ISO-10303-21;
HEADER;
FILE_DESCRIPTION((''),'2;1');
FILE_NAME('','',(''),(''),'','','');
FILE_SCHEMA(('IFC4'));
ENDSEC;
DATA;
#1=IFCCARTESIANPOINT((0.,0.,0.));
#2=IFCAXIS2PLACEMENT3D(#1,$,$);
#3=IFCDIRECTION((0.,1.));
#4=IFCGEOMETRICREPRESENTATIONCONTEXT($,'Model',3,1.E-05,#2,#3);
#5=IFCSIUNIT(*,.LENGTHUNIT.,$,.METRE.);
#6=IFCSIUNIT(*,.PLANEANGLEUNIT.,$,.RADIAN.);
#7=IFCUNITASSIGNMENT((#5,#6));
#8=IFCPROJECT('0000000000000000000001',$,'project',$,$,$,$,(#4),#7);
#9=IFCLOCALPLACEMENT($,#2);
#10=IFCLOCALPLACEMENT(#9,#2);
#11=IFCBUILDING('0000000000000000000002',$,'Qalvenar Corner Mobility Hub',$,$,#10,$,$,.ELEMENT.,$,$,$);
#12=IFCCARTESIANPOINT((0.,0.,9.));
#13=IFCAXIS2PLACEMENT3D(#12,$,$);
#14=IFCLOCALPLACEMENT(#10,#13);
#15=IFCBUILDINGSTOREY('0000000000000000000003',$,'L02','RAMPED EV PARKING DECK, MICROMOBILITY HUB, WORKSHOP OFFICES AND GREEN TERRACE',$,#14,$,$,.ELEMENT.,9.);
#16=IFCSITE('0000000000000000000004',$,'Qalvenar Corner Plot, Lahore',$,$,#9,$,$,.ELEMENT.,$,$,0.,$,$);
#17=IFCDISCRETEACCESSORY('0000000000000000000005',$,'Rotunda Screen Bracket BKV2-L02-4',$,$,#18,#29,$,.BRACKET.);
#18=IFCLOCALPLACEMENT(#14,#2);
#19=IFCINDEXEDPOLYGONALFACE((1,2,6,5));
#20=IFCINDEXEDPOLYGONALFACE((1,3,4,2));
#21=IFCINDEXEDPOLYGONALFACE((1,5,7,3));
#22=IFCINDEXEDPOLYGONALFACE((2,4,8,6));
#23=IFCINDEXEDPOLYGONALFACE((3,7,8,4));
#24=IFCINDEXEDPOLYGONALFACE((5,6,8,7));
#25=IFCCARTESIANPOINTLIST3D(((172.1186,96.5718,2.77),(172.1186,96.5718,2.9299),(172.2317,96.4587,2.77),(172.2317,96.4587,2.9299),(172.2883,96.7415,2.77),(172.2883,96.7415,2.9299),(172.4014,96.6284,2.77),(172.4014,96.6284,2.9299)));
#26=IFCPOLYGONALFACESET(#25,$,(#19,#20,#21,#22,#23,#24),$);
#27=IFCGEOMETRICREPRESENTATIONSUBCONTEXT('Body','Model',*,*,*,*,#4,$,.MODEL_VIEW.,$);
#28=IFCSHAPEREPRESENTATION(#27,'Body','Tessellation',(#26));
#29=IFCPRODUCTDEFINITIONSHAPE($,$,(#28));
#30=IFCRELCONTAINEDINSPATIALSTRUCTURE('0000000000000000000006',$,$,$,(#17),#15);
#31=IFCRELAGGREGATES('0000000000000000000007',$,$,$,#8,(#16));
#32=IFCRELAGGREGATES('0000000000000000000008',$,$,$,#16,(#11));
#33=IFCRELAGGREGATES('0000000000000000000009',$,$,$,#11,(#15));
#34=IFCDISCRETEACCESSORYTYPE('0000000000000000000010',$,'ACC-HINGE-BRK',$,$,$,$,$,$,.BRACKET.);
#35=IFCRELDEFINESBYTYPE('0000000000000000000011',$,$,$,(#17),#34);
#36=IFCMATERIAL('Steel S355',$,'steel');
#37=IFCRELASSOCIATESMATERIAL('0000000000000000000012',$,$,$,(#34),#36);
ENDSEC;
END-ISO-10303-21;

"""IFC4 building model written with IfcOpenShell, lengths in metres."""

from ifc_helpers import new_model, si_unit, direction, frame, origin, origin_2d, place, context, subcontext, project, spatial, rectangle, extrude, material, type_object, element, save


model = new_model("IFC4")

# Units and contexts
model_context = context("Model", 3, precision=1e-05, world=origin(), true_north=direction((0.0, 1.0)))
body_context = subcontext(model_context, "Body", "Model", "MODEL_VIEW")
ifc_project = project(units=[si_unit("LENGTHUNIT", "METRE"), si_unit("PLANEANGLEUNIT", "RADIAN")], contexts=[model_context])

# Site, building, storey
site_placement = place(None, origin())
site = spatial("IfcSite", under=ifc_project, at=site_placement, Name="Qalvenar Corner Plot, Lahore", CompositionType="ELEMENT", RefElevation=0.0)
building_placement = place(site_placement, origin())
building = spatial("IfcBuilding", under=site, at=building_placement, Name="Qalvenar Corner Mobility Hub", CompositionType="ELEMENT")
storey_placement = place(building_placement, frame((0.0, 0.0, 9.0)))
storey = spatial("IfcBuildingStorey", under=building, at=storey_placement, Name="L02", Description="RAMPED EV PARKING DECK, MICROMOBILITY HUB, WORKSHOP OFFICES AND GREEN TERRACE", CompositionType="ELEMENT", Elevation=9.0)

# Shared definitions
ifc_material_1 = material(Name="Steel S355", Category="steel")

# Discrete accessory
discrete_accessory_type = type_object("IfcDiscreteAccessoryType", Name="ACC-HINGE-BRK", PredefinedType="BRACKET", material=ifc_material_1)
for number, where, z_axis, x_axis, name in (
    (1, (172.26, 96.6001, 2.77), (0.0, 0.0, 1.0), (-0.707107, 0.707107, 0.0), "Rotunda Screen Bracket BKV2-L02-4"),
):
    element("IfcDiscreteAccessory", number, at=place(storey_placement, frame(where, z_axis=z_axis, x_axis=x_axis)), inside=storey, type_object=discrete_accessory_type, Name=name, PredefinedType="BRACKET", context=body_context, shape_type="SweptSolid", body=[
        extrude(rectangle(XDim=0.1599, YDim=0.24, at=origin_2d()), origin(), (0.0, 0.0, 1.0), 0.1599),
    ])

save(model, "model.ifc")
